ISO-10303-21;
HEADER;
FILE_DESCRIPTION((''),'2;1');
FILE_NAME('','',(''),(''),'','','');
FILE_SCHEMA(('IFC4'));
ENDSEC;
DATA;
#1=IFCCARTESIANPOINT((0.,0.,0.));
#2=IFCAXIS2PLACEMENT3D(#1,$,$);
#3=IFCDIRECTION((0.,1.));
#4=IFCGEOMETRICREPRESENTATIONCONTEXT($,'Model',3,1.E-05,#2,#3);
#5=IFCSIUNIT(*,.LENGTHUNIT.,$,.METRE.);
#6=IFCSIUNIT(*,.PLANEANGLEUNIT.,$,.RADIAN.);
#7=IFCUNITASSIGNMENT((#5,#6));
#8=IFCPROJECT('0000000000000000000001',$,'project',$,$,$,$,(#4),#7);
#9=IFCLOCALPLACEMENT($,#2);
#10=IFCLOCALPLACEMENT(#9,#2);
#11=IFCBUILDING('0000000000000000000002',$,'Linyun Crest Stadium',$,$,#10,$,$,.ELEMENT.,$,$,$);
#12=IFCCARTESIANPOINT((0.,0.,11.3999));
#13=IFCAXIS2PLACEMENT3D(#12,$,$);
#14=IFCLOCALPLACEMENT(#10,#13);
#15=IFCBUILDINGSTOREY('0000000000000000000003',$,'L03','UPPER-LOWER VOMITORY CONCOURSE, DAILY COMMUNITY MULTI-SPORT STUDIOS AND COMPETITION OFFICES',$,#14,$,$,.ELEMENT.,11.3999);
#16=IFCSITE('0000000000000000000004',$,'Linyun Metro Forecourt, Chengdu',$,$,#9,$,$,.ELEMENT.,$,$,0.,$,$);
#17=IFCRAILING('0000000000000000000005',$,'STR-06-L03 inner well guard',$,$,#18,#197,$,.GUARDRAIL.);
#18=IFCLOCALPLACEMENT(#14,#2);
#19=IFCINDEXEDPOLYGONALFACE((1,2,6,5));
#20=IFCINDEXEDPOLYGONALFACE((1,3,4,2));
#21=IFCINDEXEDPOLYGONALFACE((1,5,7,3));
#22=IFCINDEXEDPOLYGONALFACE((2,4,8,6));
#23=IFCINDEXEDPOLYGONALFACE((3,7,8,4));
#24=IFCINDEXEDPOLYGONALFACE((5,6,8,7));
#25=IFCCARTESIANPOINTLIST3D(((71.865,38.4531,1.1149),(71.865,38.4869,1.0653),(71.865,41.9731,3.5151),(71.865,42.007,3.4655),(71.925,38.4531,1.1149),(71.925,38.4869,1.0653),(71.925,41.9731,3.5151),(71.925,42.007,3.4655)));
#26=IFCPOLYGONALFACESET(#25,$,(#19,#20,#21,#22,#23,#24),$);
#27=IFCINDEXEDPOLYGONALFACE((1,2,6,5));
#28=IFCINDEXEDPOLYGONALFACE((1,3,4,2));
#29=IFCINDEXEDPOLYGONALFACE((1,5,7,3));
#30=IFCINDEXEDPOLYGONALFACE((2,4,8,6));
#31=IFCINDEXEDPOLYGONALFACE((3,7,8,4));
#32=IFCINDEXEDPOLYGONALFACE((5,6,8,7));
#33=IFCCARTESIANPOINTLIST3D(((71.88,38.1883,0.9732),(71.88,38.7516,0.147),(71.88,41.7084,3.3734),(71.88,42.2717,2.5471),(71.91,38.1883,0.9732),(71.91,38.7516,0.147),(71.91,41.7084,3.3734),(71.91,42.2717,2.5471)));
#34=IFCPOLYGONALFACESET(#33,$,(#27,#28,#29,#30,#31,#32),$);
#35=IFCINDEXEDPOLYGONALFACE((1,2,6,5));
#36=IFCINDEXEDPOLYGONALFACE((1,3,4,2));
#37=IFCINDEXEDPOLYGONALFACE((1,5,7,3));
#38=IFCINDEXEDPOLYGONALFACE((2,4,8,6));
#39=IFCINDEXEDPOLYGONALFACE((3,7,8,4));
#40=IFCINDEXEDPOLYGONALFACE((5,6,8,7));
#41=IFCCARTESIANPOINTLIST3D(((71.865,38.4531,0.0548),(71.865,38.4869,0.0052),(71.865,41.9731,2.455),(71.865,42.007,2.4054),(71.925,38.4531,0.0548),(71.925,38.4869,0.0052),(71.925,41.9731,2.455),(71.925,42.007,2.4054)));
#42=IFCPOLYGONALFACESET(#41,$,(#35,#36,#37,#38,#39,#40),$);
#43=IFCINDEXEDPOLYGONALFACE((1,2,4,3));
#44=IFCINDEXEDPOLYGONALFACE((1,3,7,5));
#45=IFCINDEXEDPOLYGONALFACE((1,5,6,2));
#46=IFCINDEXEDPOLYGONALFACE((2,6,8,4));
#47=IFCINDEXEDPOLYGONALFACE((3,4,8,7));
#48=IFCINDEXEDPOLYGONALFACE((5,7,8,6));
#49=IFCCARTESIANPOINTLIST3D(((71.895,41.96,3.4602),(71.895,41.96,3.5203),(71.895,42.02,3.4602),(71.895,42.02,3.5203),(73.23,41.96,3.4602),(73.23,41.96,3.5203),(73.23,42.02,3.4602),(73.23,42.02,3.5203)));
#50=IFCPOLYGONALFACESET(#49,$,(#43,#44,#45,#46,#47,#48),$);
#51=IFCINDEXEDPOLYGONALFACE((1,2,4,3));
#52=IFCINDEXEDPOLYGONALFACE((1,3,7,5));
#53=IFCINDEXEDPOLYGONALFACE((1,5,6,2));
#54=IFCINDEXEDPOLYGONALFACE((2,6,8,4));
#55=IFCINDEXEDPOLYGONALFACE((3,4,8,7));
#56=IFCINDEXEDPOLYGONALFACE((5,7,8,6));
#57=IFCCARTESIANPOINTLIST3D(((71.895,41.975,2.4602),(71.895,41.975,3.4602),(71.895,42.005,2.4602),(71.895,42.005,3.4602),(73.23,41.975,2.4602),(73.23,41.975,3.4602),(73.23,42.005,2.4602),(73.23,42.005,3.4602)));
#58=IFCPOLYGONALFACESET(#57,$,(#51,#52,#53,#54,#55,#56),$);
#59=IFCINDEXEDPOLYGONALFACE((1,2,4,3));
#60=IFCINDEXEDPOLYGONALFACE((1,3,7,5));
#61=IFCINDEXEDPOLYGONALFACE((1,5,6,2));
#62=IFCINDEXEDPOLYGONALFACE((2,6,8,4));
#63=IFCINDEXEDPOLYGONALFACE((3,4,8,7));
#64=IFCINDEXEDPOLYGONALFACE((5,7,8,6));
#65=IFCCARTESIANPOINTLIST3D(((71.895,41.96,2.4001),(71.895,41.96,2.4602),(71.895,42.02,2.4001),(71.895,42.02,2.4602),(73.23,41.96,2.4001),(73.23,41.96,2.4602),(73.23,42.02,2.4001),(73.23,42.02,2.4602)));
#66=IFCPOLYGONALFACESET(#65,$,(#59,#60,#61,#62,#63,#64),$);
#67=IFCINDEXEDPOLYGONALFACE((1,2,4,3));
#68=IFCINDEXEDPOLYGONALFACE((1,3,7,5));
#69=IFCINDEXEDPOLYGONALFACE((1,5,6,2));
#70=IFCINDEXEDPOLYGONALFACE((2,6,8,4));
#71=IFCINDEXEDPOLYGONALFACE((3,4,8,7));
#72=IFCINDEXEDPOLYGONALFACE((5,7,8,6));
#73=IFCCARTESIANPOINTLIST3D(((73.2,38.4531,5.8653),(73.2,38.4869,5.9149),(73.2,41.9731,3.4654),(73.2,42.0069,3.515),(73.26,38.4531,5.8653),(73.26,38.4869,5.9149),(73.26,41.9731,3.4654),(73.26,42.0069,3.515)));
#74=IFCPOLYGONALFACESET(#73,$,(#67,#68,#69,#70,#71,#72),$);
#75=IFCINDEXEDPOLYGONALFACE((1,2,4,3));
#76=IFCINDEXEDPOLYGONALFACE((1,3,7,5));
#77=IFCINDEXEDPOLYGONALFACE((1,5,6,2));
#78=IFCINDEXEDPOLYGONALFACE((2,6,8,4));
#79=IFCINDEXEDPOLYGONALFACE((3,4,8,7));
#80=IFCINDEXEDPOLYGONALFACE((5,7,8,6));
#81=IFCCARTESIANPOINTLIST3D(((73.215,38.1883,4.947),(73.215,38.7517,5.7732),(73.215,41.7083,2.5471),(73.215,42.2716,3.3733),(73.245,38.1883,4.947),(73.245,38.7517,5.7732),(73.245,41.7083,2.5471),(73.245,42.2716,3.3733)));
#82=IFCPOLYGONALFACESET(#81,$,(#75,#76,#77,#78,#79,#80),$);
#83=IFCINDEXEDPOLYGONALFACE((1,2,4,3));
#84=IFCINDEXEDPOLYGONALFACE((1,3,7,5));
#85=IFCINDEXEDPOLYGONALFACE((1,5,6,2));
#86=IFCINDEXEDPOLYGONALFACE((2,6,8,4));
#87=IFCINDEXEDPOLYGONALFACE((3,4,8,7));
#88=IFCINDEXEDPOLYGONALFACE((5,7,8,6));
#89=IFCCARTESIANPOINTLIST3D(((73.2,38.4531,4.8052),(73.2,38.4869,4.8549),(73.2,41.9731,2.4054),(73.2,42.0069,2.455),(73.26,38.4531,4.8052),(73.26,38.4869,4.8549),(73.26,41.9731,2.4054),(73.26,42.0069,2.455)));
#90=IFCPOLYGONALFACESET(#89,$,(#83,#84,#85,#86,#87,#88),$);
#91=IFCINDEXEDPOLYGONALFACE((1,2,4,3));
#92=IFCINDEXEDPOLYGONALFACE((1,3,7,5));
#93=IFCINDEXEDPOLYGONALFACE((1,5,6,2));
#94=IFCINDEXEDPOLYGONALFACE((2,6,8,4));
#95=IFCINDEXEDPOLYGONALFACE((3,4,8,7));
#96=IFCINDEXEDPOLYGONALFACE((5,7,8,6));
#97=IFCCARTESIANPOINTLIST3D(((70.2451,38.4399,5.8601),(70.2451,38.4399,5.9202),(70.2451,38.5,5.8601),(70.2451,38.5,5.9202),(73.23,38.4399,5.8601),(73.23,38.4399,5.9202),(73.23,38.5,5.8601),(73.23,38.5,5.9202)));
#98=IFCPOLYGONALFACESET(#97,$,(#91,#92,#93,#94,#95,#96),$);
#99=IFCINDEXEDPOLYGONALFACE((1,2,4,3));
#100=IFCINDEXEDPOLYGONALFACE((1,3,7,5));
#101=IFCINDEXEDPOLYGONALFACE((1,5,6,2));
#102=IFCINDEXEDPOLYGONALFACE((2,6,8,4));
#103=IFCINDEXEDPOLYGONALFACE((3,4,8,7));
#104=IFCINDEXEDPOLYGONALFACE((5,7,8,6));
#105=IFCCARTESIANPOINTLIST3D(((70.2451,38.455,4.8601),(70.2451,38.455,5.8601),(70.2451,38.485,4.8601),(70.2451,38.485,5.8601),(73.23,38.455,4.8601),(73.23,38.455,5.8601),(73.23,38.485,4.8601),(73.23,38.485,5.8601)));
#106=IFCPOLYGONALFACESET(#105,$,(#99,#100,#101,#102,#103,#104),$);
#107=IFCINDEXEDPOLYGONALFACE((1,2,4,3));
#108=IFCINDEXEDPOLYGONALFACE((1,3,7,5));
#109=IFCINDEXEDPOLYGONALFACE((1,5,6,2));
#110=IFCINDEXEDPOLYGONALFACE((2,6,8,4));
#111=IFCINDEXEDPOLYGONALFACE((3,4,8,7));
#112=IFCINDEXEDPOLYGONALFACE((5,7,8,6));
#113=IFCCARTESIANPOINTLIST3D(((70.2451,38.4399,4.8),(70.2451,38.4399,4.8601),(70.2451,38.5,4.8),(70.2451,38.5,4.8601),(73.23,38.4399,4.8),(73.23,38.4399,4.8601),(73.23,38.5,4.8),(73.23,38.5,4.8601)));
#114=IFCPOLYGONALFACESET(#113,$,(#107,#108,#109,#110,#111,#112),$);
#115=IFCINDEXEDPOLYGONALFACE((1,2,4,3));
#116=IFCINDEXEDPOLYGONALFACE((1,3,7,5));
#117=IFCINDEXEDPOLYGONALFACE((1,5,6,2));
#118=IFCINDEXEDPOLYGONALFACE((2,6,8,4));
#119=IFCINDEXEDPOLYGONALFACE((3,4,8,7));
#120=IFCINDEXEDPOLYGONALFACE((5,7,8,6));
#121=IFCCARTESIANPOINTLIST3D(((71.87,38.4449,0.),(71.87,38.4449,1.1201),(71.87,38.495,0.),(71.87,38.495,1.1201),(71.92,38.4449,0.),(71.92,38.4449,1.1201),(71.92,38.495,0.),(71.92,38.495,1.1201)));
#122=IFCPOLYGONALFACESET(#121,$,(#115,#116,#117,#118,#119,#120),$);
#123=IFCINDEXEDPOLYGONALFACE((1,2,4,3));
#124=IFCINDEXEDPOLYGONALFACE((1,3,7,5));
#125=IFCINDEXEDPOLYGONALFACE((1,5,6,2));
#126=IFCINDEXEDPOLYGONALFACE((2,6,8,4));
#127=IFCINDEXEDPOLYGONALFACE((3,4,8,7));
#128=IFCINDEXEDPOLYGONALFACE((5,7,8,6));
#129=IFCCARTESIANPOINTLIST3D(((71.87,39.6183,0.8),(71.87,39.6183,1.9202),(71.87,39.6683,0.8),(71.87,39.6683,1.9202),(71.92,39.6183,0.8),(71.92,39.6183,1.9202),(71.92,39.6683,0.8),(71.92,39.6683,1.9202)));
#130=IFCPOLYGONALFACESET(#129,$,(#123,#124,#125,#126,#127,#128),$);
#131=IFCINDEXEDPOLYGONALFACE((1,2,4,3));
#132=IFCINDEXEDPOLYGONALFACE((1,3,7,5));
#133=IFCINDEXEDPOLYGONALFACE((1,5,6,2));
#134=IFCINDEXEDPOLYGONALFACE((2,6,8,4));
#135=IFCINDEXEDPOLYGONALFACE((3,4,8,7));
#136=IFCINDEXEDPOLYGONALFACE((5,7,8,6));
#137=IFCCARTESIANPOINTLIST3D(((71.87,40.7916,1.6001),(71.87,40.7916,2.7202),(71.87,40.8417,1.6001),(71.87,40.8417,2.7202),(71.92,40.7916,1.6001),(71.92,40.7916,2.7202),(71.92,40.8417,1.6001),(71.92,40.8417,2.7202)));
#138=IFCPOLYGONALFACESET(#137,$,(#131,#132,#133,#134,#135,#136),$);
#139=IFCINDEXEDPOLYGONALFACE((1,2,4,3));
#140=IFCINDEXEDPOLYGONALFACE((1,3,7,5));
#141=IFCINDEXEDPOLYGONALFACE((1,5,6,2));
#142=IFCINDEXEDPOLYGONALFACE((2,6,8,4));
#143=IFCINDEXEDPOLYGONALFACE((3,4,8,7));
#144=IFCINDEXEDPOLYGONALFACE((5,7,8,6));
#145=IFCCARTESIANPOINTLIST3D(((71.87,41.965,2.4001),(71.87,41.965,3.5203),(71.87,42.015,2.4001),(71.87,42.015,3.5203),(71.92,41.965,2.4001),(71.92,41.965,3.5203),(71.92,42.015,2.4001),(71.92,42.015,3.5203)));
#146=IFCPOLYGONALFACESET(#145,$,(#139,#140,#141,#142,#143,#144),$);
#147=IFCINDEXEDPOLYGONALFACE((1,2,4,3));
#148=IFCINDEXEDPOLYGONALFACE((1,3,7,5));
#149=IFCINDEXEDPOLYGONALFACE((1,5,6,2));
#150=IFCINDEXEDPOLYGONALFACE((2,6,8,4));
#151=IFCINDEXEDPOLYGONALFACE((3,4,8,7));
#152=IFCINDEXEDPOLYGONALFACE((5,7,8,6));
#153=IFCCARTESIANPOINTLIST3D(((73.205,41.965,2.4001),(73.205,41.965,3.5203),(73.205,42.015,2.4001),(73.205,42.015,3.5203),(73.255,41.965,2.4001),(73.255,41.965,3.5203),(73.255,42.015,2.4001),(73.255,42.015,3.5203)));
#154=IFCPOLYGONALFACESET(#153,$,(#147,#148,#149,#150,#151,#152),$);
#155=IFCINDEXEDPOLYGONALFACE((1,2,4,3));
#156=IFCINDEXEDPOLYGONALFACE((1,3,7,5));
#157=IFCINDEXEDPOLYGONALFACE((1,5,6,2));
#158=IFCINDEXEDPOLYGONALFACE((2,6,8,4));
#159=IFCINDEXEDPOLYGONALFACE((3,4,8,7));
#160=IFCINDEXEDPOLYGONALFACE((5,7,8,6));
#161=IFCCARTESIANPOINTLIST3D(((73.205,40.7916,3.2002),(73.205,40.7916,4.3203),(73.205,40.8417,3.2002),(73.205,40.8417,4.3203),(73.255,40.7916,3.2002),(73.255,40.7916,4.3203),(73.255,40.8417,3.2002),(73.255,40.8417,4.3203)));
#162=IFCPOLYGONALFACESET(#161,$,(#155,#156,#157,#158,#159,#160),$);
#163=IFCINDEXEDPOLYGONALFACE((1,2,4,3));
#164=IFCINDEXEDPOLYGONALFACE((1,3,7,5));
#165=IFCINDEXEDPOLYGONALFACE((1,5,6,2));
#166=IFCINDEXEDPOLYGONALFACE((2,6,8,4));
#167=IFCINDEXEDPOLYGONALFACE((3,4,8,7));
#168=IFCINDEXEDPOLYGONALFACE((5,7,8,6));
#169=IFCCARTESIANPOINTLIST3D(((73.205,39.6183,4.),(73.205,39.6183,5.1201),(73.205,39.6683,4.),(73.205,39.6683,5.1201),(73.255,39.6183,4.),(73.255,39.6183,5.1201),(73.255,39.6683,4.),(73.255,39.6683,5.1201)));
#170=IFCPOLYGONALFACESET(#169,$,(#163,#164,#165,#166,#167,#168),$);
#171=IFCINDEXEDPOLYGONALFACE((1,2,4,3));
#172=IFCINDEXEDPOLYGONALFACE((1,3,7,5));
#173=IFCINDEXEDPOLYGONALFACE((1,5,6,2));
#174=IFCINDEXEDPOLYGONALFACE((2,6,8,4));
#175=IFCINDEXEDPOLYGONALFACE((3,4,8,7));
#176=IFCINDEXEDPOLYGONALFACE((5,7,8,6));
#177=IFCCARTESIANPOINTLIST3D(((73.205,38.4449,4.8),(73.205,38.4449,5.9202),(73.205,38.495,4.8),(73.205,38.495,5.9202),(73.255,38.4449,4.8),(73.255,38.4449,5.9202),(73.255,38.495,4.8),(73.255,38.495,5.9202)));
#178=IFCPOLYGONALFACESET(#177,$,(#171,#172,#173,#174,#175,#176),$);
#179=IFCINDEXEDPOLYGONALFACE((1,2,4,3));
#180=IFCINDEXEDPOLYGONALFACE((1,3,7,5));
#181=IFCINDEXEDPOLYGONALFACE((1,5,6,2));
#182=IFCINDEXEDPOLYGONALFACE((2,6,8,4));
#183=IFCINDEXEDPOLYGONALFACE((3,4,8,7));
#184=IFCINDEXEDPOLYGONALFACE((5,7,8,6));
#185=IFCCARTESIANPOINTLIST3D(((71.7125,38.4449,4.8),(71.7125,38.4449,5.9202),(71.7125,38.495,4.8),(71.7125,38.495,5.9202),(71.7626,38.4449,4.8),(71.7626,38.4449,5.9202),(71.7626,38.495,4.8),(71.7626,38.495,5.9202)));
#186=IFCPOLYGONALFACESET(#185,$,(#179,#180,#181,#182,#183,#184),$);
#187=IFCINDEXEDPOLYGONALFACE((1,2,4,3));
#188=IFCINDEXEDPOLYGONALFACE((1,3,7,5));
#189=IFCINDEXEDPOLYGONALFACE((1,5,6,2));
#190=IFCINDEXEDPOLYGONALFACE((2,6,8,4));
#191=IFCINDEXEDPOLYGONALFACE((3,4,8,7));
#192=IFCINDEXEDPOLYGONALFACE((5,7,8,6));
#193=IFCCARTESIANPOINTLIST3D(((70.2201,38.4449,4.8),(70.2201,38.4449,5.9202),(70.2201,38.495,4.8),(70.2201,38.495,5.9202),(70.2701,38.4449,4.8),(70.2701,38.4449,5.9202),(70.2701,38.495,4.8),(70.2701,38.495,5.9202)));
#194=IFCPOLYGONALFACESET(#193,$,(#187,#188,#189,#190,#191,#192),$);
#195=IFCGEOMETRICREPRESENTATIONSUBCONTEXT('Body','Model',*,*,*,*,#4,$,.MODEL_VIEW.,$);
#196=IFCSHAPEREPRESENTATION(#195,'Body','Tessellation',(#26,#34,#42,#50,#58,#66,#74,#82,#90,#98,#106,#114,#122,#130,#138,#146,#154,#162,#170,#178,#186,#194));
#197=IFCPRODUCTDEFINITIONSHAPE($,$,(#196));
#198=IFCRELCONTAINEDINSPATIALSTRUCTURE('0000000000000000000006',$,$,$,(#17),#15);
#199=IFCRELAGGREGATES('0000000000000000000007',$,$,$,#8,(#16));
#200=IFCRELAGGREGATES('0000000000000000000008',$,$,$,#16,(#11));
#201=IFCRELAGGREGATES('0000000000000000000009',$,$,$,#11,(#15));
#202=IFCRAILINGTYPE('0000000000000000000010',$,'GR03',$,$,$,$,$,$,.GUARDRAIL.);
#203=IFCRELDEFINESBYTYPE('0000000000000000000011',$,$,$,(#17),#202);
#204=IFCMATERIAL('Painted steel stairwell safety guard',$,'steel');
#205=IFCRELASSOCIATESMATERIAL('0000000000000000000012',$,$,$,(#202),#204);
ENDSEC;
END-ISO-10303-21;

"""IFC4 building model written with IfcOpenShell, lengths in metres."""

from ifc_helpers import new_model, si_unit, direction, frame, origin, origin_2d, place, context, subcontext, project, spatial, rectangle, extrude, material, type_object, element, save


model = new_model("IFC4")

# Units and contexts
model_context = context("Model", 3, precision=1e-05, world=origin(), true_north=direction((0.0, 1.0)))
body_context = subcontext(model_context, "Body", "Model", "MODEL_VIEW")
ifc_project = project(units=[si_unit("LENGTHUNIT", "METRE"), si_unit("PLANEANGLEUNIT", "RADIAN")], contexts=[model_context])

# Site, building, storey
site_placement = place(None, origin())
site = spatial("IfcSite", under=ifc_project, at=site_placement, Name="Linyun Metro Forecourt, Chengdu", CompositionType="ELEMENT", RefElevation=0.0)
building_placement = place(site_placement, origin())
building = spatial("IfcBuilding", under=site, at=building_placement, Name="Linyun Crest Stadium", CompositionType="ELEMENT")
storey_placement = place(building_placement, frame((0.0, 0.0, 11.3999)))
storey = spatial("IfcBuildingStorey", under=building, at=storey_placement, Name="L03", Description="UPPER-LOWER VOMITORY CONCOURSE, DAILY COMMUNITY MULTI-SPORT STUDIOS AND COMPETITION OFFICES", CompositionType="ELEMENT", Elevation=11.3999)

# Railing
ifc_material_1 = material(Name="Painted steel stairwell safety guard", Category="steel")
railing_type_1 = type_object("IfcRailingType", Name="GR03", PredefinedType="GUARDRAIL", material=ifc_material_1)
railing_1_placement = place(storey_placement, frame((71.895, 38.47, 0.0)))
element("IfcRailing", 1, at=railing_1_placement, inside=storey, type_object=railing_type_1, Name="STR-06-L03 inner well guard", PredefinedType="GUARDRAIL", context=body_context, shape_type="SweptSolid", body=[
    extrude(rectangle(XDim=0.0601, YDim=0.0601, at=origin_2d()), frame((0.0, 0.0, 1.0901), z_axis=(0.0, 0.826213, 0.563358), x_axis=(-1.0, 0.0, 0.0)), (0.0, 0.0, 1.0), 4.2605),
    extrude(rectangle(XDim=0.03, YDim=1.0, at=origin_2d()), frame((0.0, 0.0, 0.5601), z_axis=(0.0, 0.826213, 0.563358), x_axis=(-1.0, 0.0, 0.0)), (0.0, 0.0, 1.0), 4.2605),
    extrude(rectangle(XDim=0.0601, YDim=0.0601, at=origin_2d()), frame((0.0, 0.0, 0.03), z_axis=(0.0, 0.826213, 0.563358), x_axis=(-1.0, 0.0, 0.0)), (0.0, 0.0, 1.0), 4.2605),
    extrude(rectangle(XDim=0.0601, YDim=0.0601, at=origin_2d()), frame((0.0, 3.52, 3.4902), z_axis=(1.0, 0.0, 0.0), x_axis=(0.0, 1.0, 0.0)), (0.0, 0.0, 1.0), 1.335),
    extrude(rectangle(XDim=0.03, YDim=1.0, at=origin_2d()), frame((0.0, 3.52, 2.9602), z_axis=(1.0, 0.0, 0.0), x_axis=(0.0, 1.0, 0.0)), (0.0, 0.0, 1.0), 1.335),
    extrude(rectangle(XDim=0.0601, YDim=0.0601, at=origin_2d()), frame((0.0, 3.52, 2.4302), z_axis=(1.0, 0.0, 0.0), x_axis=(0.0, 1.0, 0.0)), (0.0, 0.0, 1.0), 1.335),
    extrude(rectangle(XDim=0.0601, YDim=0.0601, at=origin_2d()), frame((1.335, 3.52, 3.4902), z_axis=(0.0, -0.826239, 0.563319), x_axis=(1.0, 0.0, 0.0)), (0.0, 0.0, 1.0), 4.2603),
    extrude(rectangle(XDim=0.03, YDim=1.0, at=origin_2d()), frame((1.335, 3.52, 2.9602), z_axis=(0.0, -0.826239, 0.563319), x_axis=(1.0, 0.0, 0.0)), (0.0, 0.0, 1.0), 4.2603),
    extrude(rectangle(XDim=0.0601, YDim=0.0601, at=origin_2d()), frame((1.335, 3.52, 2.4302), z_axis=(0.0, -0.826239, 0.563319), x_axis=(1.0, 0.0, 0.0)), (0.0, 0.0, 1.0), 4.2603),
    extrude(rectangle(XDim=0.0601, YDim=0.0601, at=origin_2d()), frame((1.335, 0.0, 5.8901), z_axis=(-1.0, 0.0, 0.0), x_axis=(0.0, -1.0, 0.0)), (0.0, 0.0, 1.0), 2.9849),
    extrude(rectangle(XDim=0.03, YDim=1.0, at=origin_2d()), frame((1.335, 0.0, 5.3601), z_axis=(-1.0, 0.0, 0.0), x_axis=(0.0, -1.0, 0.0)), (0.0, 0.0, 1.0), 2.9849),
    extrude(rectangle(XDim=0.0601, YDim=0.0601, at=origin_2d()), frame((1.335, 0.0, 4.8301), z_axis=(-1.0, 0.0, 0.0), x_axis=(0.0, -1.0, 0.0)), (0.0, 0.0, 1.0), 2.9849),
    extrude(rectangle(XDim=0.05, YDim=0.05, at=origin_2d()), origin(), (0.0, 0.0, 1.0), 1.1201),
    extrude(rectangle(XDim=0.05, YDim=0.05, at=origin_2d()), frame((0.0, 1.1733, 0.8)), (0.0, 0.0, 1.0), 1.1201),
    extrude(rectangle(XDim=0.05, YDim=0.05, at=origin_2d()), frame((0.0, 2.3467, 1.6001)), (0.0, 0.0, 1.0), 1.1201),
    extrude(rectangle(XDim=0.05, YDim=0.05, at=origin_2d()), frame((0.0, 3.52, 2.4001)), (0.0, 0.0, 1.0), 1.1201),
    extrude(rectangle(XDim=0.05, YDim=0.05, at=origin_2d()), frame((1.335, 3.52, 2.4001)), (0.0, 0.0, 1.0), 1.1201),
    extrude(rectangle(XDim=0.05, YDim=0.05, at=origin_2d()), frame((1.335, 2.3467, 3.2002)), (0.0, 0.0, 1.0), 1.1201),
    extrude(rectangle(XDim=0.05, YDim=0.05, at=origin_2d()), frame((1.335, 1.1733, 4.0)), (0.0, 0.0, 1.0), 1.1201),
    extrude(rectangle(XDim=0.05, YDim=0.05, at=origin_2d()), frame((1.335, 0.0, 4.8)), (0.0, 0.0, 1.0), 1.1201),
    extrude(rectangle(XDim=0.05, YDim=0.05, at=origin_2d()), frame((-0.1575, 0.0, 4.8)), (0.0, 0.0, 1.0), 1.1201),
    extrude(rectangle(XDim=0.05, YDim=0.05, at=origin_2d()), frame((-1.6499, 0.0, 4.8)), (0.0, 0.0, 1.0), 1.1201),
])

save(model, "model.ifc")
